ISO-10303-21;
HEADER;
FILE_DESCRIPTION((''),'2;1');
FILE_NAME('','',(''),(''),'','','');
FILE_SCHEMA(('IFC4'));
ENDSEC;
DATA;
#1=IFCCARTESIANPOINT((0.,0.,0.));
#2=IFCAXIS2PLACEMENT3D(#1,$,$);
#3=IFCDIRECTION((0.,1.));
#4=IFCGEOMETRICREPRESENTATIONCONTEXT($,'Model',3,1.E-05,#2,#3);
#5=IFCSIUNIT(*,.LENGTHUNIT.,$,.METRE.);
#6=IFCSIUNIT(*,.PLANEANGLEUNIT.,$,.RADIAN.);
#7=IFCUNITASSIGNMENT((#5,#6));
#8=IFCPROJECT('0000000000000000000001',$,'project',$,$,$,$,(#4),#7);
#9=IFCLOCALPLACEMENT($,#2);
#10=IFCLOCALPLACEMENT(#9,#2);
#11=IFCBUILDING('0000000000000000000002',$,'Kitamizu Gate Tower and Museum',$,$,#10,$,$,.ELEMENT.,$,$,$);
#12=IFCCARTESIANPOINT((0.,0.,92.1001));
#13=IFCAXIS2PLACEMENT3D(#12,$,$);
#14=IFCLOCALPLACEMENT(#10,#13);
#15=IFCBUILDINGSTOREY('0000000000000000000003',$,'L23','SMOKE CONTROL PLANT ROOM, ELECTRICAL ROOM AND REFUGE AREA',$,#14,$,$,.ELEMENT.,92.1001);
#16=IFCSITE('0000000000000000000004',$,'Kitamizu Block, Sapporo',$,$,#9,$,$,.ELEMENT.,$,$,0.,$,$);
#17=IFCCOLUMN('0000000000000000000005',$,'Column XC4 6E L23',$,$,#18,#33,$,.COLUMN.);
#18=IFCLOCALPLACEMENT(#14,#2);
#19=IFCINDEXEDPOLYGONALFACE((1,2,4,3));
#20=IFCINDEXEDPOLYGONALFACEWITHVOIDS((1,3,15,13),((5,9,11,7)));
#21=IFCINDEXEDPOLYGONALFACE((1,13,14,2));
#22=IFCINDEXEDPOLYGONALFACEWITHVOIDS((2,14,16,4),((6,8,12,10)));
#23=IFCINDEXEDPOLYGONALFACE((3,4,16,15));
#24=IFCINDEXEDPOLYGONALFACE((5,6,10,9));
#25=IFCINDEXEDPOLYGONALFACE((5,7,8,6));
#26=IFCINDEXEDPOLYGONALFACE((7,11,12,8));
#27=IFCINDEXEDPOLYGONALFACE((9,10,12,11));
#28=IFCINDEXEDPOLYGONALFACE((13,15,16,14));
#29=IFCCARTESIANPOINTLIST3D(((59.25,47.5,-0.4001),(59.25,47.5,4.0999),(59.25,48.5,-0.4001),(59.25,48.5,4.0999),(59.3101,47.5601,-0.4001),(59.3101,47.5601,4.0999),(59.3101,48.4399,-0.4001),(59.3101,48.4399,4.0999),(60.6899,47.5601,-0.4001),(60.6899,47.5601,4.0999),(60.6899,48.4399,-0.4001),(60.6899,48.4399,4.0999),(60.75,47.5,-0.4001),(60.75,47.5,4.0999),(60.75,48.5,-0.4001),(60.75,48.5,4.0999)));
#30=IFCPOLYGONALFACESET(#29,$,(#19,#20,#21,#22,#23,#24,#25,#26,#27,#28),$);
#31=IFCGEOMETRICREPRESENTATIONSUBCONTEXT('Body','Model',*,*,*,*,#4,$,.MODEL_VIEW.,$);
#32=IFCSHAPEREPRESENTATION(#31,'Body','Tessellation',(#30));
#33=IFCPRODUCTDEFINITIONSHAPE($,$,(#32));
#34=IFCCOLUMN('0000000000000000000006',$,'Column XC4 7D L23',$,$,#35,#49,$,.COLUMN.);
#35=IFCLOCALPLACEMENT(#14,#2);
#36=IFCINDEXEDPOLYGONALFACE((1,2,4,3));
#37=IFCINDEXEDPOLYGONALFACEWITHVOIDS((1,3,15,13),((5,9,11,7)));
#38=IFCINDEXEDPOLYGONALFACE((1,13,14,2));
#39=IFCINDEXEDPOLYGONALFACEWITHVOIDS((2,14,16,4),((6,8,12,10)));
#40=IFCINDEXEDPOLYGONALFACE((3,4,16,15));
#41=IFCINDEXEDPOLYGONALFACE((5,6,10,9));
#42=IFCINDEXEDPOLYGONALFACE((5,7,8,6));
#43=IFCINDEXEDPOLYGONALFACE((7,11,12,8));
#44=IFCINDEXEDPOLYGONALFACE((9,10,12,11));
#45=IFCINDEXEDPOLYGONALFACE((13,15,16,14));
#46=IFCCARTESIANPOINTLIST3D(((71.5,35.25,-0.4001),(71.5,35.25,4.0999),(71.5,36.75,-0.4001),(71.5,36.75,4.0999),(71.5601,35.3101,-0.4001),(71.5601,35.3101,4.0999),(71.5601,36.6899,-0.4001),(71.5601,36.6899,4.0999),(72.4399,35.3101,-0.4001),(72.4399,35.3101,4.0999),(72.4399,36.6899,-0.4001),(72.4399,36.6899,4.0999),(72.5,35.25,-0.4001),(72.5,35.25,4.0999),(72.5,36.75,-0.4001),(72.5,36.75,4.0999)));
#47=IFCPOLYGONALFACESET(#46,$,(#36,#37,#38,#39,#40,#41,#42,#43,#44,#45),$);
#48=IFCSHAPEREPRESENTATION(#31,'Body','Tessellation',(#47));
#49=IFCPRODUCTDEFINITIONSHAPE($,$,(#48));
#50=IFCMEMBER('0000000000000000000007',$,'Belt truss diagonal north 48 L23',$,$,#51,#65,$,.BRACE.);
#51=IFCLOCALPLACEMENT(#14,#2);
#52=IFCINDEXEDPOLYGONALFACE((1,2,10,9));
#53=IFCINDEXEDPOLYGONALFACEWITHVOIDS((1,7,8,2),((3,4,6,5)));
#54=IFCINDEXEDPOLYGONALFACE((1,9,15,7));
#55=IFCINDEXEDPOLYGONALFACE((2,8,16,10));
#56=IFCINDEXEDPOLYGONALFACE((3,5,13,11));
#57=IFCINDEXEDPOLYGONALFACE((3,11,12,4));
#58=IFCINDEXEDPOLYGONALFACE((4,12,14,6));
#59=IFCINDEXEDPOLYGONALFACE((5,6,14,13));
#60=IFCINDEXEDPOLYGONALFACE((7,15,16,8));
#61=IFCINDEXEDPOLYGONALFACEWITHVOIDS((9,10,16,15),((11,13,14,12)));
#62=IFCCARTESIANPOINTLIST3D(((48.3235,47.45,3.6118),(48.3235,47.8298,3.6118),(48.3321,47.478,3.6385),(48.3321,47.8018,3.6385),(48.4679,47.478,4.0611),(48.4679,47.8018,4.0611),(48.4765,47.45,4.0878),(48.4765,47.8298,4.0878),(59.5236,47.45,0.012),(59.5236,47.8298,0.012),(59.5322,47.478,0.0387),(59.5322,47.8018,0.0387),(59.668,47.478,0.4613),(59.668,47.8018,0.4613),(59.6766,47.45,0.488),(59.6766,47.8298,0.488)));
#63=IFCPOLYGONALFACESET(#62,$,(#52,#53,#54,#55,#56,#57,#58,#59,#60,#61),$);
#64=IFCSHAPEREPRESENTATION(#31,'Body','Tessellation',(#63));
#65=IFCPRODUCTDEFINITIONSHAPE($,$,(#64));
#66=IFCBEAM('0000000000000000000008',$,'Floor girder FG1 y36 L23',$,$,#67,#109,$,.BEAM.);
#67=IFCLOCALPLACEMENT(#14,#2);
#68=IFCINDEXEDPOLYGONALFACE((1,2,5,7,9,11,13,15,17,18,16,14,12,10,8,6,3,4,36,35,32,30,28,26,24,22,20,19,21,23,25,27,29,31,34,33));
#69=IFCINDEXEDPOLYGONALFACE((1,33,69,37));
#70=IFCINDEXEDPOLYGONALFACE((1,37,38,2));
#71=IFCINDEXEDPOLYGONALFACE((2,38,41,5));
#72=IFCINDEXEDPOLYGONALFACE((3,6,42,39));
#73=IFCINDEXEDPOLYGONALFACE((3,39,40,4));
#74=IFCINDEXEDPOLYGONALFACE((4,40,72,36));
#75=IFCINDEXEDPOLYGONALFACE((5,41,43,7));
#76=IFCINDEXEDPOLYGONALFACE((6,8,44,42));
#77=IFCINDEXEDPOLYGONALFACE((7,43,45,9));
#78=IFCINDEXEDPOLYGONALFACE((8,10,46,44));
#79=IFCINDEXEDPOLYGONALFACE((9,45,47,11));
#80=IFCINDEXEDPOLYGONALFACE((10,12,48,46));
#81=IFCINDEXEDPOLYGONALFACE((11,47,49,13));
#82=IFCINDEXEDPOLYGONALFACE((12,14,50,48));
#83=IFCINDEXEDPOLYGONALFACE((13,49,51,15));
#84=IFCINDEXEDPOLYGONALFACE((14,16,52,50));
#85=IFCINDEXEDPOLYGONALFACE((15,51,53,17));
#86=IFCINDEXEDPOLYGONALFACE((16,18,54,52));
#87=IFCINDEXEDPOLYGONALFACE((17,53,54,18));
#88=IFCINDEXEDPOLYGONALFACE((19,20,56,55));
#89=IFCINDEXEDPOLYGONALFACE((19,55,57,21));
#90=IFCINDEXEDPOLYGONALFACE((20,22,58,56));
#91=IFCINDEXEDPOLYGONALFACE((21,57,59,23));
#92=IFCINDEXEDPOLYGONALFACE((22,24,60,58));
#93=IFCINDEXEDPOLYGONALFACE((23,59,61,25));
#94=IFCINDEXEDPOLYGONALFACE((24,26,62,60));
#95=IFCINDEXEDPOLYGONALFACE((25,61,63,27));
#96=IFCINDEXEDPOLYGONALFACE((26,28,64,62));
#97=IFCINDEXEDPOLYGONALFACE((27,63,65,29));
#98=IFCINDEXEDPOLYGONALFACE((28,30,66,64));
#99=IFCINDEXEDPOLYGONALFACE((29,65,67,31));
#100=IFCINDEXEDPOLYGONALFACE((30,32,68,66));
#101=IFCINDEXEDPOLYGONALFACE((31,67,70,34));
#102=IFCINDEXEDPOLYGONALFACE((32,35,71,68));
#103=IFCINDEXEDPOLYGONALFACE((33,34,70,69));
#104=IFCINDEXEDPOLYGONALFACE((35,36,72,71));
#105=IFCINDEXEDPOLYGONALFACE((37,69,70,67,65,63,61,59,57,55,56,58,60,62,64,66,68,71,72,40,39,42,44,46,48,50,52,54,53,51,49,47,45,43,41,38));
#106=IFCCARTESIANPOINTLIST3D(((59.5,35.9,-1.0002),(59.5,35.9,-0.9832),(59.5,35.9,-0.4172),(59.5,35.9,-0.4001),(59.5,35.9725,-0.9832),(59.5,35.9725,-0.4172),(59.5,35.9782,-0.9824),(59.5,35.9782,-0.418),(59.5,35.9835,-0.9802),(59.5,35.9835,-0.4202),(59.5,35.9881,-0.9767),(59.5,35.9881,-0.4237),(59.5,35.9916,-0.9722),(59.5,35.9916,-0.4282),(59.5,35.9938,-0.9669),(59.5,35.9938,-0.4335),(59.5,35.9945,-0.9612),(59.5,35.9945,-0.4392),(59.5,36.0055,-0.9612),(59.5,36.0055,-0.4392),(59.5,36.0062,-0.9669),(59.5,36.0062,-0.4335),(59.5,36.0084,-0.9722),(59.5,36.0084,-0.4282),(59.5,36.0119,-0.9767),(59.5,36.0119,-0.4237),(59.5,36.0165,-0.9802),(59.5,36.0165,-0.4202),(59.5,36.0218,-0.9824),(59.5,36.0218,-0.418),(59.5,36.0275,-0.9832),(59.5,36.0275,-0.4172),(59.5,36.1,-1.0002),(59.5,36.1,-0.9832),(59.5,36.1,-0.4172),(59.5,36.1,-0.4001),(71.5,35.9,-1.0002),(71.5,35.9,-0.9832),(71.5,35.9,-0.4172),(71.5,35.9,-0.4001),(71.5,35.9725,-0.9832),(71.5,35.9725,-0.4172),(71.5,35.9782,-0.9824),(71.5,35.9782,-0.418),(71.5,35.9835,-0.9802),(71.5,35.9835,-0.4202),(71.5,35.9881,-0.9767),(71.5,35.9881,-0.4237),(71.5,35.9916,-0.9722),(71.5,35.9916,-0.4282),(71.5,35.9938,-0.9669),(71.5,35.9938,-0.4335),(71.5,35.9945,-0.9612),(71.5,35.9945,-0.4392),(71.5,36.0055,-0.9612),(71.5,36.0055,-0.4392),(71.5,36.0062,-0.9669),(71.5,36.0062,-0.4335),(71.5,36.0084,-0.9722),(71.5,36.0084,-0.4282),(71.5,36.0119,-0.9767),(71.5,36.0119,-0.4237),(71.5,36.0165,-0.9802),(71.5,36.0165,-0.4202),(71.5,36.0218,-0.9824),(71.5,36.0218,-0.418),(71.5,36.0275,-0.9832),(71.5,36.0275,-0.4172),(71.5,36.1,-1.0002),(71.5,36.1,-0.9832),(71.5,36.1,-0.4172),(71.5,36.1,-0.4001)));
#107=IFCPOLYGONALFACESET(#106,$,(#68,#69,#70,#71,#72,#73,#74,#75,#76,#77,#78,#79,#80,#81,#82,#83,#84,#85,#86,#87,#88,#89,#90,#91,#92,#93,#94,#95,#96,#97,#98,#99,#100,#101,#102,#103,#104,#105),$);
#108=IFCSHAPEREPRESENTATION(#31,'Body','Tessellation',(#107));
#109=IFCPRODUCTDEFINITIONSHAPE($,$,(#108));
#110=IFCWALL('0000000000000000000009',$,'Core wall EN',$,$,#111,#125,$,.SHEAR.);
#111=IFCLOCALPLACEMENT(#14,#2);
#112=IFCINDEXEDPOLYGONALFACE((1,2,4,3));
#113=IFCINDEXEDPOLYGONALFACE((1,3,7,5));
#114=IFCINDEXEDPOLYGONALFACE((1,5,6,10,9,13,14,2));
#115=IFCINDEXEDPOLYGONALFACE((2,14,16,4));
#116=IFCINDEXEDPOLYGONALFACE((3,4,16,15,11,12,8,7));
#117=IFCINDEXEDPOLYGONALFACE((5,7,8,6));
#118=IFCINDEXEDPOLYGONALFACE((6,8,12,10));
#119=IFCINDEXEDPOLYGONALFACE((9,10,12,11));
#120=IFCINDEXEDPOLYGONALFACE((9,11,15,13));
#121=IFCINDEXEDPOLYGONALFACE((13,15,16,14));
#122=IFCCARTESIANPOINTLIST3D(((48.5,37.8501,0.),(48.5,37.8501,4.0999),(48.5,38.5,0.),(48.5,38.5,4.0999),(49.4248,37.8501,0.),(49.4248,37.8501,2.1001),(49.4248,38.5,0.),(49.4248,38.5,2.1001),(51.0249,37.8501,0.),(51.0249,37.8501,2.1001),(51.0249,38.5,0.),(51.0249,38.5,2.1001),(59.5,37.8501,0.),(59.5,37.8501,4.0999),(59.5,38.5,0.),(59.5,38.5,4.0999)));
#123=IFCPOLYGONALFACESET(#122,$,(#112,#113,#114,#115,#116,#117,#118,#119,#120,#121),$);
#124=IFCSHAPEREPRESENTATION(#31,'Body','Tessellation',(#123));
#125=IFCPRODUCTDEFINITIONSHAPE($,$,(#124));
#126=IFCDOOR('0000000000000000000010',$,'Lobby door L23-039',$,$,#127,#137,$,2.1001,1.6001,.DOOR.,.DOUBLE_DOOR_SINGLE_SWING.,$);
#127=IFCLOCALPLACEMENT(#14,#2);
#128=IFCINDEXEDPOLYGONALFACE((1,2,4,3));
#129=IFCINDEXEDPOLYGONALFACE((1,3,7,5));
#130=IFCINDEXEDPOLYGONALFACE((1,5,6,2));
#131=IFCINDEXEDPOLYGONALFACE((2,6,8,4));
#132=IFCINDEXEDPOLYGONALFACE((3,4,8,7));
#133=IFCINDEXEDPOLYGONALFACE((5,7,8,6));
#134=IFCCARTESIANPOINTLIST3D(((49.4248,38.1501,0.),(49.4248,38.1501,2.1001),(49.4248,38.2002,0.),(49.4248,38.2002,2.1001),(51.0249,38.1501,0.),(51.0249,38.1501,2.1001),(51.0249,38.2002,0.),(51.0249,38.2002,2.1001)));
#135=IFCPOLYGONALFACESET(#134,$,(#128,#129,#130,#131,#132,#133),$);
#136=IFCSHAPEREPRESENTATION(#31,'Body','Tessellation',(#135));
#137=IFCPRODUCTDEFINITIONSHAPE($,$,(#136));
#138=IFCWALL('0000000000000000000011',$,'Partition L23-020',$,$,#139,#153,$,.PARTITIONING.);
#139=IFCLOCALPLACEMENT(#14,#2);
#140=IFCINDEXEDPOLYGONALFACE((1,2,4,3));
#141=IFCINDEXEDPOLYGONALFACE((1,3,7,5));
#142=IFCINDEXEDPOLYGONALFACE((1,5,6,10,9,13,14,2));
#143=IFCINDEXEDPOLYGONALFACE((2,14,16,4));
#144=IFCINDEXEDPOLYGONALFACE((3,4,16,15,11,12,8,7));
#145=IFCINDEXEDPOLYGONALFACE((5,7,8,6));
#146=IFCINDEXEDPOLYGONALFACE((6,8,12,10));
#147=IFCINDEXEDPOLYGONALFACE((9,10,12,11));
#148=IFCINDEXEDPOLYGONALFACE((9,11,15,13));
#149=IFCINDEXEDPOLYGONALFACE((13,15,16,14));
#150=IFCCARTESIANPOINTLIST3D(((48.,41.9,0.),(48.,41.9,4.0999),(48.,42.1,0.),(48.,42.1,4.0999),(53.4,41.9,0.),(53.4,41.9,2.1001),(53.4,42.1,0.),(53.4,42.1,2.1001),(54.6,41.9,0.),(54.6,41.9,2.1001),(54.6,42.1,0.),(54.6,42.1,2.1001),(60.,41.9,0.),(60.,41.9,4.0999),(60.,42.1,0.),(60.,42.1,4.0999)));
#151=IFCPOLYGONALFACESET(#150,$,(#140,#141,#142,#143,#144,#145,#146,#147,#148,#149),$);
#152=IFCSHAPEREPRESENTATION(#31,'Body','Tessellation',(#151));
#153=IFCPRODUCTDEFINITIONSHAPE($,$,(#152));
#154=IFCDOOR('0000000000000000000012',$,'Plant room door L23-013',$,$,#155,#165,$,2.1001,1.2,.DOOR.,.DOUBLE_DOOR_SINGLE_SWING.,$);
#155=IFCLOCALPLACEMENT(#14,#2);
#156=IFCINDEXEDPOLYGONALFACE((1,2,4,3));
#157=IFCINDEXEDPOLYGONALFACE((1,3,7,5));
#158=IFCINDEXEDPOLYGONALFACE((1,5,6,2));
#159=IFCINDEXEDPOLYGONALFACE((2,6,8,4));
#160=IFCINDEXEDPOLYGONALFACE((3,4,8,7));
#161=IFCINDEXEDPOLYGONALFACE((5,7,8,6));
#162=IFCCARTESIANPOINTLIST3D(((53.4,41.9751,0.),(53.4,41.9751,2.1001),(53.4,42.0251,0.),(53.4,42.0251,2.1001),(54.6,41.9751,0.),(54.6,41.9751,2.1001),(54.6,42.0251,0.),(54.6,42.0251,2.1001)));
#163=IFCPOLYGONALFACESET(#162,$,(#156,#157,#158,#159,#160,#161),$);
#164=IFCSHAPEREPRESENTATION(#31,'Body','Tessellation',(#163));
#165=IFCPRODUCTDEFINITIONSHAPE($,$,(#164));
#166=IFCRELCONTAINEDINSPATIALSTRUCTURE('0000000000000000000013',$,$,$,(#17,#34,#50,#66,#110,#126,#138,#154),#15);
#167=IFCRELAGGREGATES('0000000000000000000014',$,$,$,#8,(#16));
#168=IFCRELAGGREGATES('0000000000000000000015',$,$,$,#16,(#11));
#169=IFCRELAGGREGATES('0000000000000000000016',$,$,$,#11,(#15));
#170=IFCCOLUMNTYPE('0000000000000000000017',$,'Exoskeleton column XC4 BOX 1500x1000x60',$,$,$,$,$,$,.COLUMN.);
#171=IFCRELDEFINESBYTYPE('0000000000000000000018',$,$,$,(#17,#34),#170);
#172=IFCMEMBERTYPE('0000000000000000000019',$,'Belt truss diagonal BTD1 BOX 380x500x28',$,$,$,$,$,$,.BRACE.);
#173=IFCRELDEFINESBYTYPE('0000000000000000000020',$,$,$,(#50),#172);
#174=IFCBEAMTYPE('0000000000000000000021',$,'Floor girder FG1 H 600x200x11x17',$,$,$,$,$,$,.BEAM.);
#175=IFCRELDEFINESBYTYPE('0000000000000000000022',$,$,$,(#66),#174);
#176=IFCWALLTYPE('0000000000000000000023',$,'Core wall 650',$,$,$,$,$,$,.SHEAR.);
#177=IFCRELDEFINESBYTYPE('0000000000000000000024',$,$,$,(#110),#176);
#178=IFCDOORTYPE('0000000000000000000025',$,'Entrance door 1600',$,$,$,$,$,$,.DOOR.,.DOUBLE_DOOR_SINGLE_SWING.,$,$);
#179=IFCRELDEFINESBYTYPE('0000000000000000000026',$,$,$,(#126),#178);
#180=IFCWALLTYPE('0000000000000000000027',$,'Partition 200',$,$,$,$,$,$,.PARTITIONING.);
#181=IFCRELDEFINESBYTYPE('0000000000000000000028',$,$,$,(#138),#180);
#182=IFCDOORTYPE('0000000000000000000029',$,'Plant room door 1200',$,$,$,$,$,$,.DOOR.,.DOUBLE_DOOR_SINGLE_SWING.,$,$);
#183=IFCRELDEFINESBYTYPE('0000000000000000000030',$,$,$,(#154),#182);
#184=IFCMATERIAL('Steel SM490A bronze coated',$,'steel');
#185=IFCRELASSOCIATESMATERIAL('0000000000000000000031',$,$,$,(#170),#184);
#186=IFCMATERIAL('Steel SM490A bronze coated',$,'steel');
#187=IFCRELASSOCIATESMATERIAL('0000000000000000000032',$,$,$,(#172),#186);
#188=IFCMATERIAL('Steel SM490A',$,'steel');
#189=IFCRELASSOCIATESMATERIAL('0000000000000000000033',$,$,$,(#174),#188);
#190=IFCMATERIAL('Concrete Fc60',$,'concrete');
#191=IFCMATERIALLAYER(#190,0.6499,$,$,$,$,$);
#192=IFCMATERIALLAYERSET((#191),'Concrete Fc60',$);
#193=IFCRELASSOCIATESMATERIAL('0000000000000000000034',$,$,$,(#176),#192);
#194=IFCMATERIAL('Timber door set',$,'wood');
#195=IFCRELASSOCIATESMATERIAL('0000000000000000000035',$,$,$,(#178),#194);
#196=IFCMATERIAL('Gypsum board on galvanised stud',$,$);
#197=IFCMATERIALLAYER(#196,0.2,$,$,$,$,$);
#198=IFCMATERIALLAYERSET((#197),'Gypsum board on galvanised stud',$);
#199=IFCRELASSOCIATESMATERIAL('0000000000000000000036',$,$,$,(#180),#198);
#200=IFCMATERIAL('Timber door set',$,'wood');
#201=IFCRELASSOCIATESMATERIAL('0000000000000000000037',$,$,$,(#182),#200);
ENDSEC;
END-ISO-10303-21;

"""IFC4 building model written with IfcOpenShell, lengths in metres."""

from ifc_helpers import new_model, si_unit, direction, frame, frame_2d, origin, origin_2d, place, context, subcontext, project, spatial, rectangle, hollow_rectangle, i_section, extrude, material, layer, layer_set, material_profile, profile_set, type_object, element, fill, save


model = new_model("IFC4")

# Units and contexts
model_context = context("Model", 3, precision=1e-05, world=origin(), true_north=direction((0.0, 1.0)))
body_context = subcontext(model_context, "Body", "Model", "MODEL_VIEW")
ifc_project = project(units=[si_unit("LENGTHUNIT", "METRE"), si_unit("PLANEANGLEUNIT", "RADIAN")], contexts=[model_context])

# Site, building, storey
site_placement = place(None, origin())
site = spatial("IfcSite", under=ifc_project, at=site_placement, Name="Kitamizu Block, Sapporo", CompositionType="ELEMENT", RefElevation=0.0)
building_placement = place(site_placement, origin())
building = spatial("IfcBuilding", under=site, at=building_placement, Name="Kitamizu Gate Tower and Museum", CompositionType="ELEMENT")
storey_placement = place(building_placement, frame((0.0, 0.0, 92.1001)))
storey = spatial("IfcBuildingStorey", under=building, at=storey_placement, Name="L23", Description="SMOKE CONTROL PLANT ROOM, ELECTRICAL ROOM AND REFUGE AREA", CompositionType="ELEMENT", Elevation=92.1001)

# Columns
ifc_material_1 = material(Name="Steel SM490A bronze coated", Category="steel")
ifc_material_profile_1 = material_profile(ifc_material_1, hollow_rectangle(XDim=1.5, YDim=1.0, WallThickness=0.0601, at=origin_2d()), Name="BOX 1500x1000x60")
ifc_profile_set_1 = profile_set([ifc_material_profile_1], Name="Steel SM490A bronze coated")
column_type = type_object("IfcColumnType", Name="Exoskeleton column XC4 BOX 1500x1000x60", PredefinedType="COLUMN", material=ifc_profile_set_1)
for number, where, z_axis, x_axis, name in (
    (1, (60.0, 48.0, -0.4001), (0.0, 0.0, 1.0), (1.0, 0.0, 0.0), "Column XC4 6E L23"),
    (2, (72.0, 36.0, -0.4001), (0.0, 0.0, 1.0), (0.0, 1.0, 0.0), "Column XC4 7D L23"),
):
    element("IfcColumn", number, at=place(storey_placement, frame(where, z_axis=z_axis, x_axis=x_axis)), inside=storey, type_object=column_type, Name=name, PredefinedType="COLUMN", context=body_context, shape_type="SweptSolid", body=[
        extrude(hollow_rectangle(XDim=1.5, YDim=1.0, WallThickness=0.0601, at=origin_2d()), origin(), (0.0, 0.0, 1.0), 4.5),
    ])

# Member
ifc_material_2 = material(Name="Steel SM490A bronze coated", Category="steel")
ifc_material_profile_2 = material_profile(ifc_material_2, hollow_rectangle(XDim=0.3799, YDim=0.5, WallThickness=0.0281, at=origin_2d()), Name="BOX 380x500x28")
ifc_profile_set_2 = profile_set([ifc_material_profile_2], Name="Steel SM490A bronze coated")
member_type = type_object("IfcMemberType", Name="Belt truss diagonal BTD1 BOX 380x500x28", PredefinedType="BRACE", material=ifc_profile_set_2)
member_placement = place(storey_placement, frame((59.6001, 47.6399, 0.25), z_axis=(-0.952034, 0.0, 0.305993), x_axis=(0.0, -1.0, 0.0)))
element("IfcMember", 3, at=member_placement, inside=storey, type_object=member_type, Name="Belt truss diagonal north 48 L23", PredefinedType="BRACE", context=body_context, shape_type="SweptSolid", body=[
    extrude(hollow_rectangle(XDim=0.3799, YDim=0.5, WallThickness=0.0281, at=origin_2d()), origin(), (0.0, 0.0, 1.0), 11.7644),
])

# Beam
ifc_material_3 = material(Name="Steel SM490A", Category="steel")
ifc_material_profile_3 = material_profile(ifc_material_3, i_section(OverallWidth=0.2, OverallDepth=0.6001, WebThickness=0.011, FlangeThickness=0.0171, FilletRadius=0.022, at=origin_2d()), Name="H-600x200x11x17")
ifc_profile_set_3 = profile_set([ifc_material_profile_3], Name="Steel SM490A")
beam_type = type_object("IfcBeamType", Name="Floor girder FG1 H 600x200x11x17", PredefinedType="BEAM", material=ifc_profile_set_3)
beam_placement = place(storey_placement, frame((59.5, 36.0, -0.7002), z_axis=(1.0, 0.0, 0.0), x_axis=(0.0, 1.0, 0.0)))
element("IfcBeam", 4, at=beam_placement, inside=storey, type_object=beam_type, Name="Floor girder FG1 y36 L23", PredefinedType="BEAM", context=body_context, shape_type="SweptSolid", body=[
    extrude(i_section(OverallWidth=0.2, OverallDepth=0.6001, WebThickness=0.011, FlangeThickness=0.0171, FilletRadius=0.022, at=origin_2d()), origin(), (0.0, 0.0, 1.0), 12.0),
])

# Walls, openings, doors
ifc_material_4 = material(Name="Concrete Fc60", Category="concrete")
ifc_layer_1 = layer(ifc_material_4, 0.6499)
ifc_layer_set_1 = layer_set([ifc_layer_1], Name="Concrete Fc60")
wall_type_1 = type_object("IfcWallType", Name="Core wall 650", PredefinedType="SHEAR", material=ifc_layer_set_1)
wall_1_placement = place(storey_placement, frame((59.5, 38.175, 0.0), z_axis=(0.0, 0.0, 1.0), x_axis=(-1.0, 0.0, 0.0)))
wall_1 = element("IfcWall", 5, at=wall_1_placement, inside=storey, type_object=wall_type_1, Name="Core wall EN", PredefinedType="SHEAR", context=body_context, shape_type="SweptSolid", body=[
    extrude(rectangle(XDim=11.0, YDim=0.6499, at=frame_2d((5.5, 0.0))), origin(), (0.0, 0.0, 1.0), 4.0999),
])
opening_1_placement = place(wall_1_placement, frame((8.4751, 0.0, 0.0)))
opening_1 = element("IfcOpeningElement", 6, at=opening_1_placement, cuts=wall_1, PredefinedType="OPENING", context=body_context, shape_type="SweptSolid", body=[
    extrude(rectangle(XDim=1.6001, YDim=2.1001, at=frame_2d((0.8, 1.05))), frame((0.0, 0.335, 0.0), z_axis=(0.0, -1.0, 0.0), x_axis=(1.0, 0.0, 0.0)), (0.0, 0.0, 1.0), 0.6699),
])
ifc_material_5 = material(Name="Timber door set", Category="wood")
door_type_1 = type_object("IfcDoorType", Name="Entrance door 1600", OperationType="DOUBLE_DOOR_SINGLE_SWING", PredefinedType="DOOR", material=ifc_material_5)
door_1_placement = place(opening_1_placement, origin())
door_1 = element("IfcDoor", 7, at=door_1_placement, inside=storey, type_object=door_type_1, Name="Lobby door L23-039", OperationType="DOUBLE_DOOR_SINGLE_SWING", OverallHeight=2.1001, OverallWidth=1.6001, PredefinedType="DOOR", context=body_context, shape_type="SweptSolid", body=[
    extrude(rectangle(XDim=1.6001, YDim=2.1001, at=frame_2d((0.8, 1.05))), frame((0.0, 0.0249, 0.0), z_axis=(0.0, -1.0, 0.0), x_axis=(1.0, 0.0, 0.0)), (0.0, 0.0, 1.0), 0.05),
])
fill(opening_1, door_1)
ifc_material_6 = material(Name="Gypsum board on galvanised stud")
ifc_layer_2 = layer(ifc_material_6, 0.2)
ifc_layer_set_2 = layer_set([ifc_layer_2], Name="Gypsum board on galvanised stud")
wall_type_2 = type_object("IfcWallType", Name="Partition 200", PredefinedType="PARTITIONING", material=ifc_layer_set_2)
wall_2_placement = place(storey_placement, frame((60.0, 42.0, 0.0), z_axis=(0.0, 0.0, 1.0), x_axis=(-1.0, 0.0, 0.0)))
wall_2 = element("IfcWall", 8, at=wall_2_placement, inside=storey, type_object=wall_type_2, Name="Partition L23-020", PredefinedType="PARTITIONING", context=body_context, shape_type="SweptSolid", body=[
    extrude(rectangle(XDim=12.0, YDim=0.2, at=frame_2d((6.0, 0.0))), origin(), (0.0, 0.0, 1.0), 4.0999),
])
opening_2_placement = place(wall_2_placement, frame((5.3999, 0.0, 0.0)))
opening_2 = element("IfcOpeningElement", 9, at=opening_2_placement, cuts=wall_2, PredefinedType="OPENING", context=body_context, shape_type="SweptSolid", body=[
    extrude(rectangle(XDim=1.2, YDim=2.1001, at=frame_2d((0.6001, 1.05))), frame((0.0, 0.1099, 0.0), z_axis=(0.0, -1.0, 0.0), x_axis=(1.0, 0.0, 0.0)), (0.0, 0.0, 1.0), 0.22),
])
ifc_material_7 = material(Name="Timber door set", Category="wood")
door_type_2 = type_object("IfcDoorType", Name="Plant room door 1200", OperationType="DOUBLE_DOOR_SINGLE_SWING", PredefinedType="DOOR", material=ifc_material_7)
door_2_placement = place(opening_2_placement, origin())
door_2 = element("IfcDoor", 10, at=door_2_placement, inside=storey, type_object=door_type_2, Name="Plant room door L23-013", OperationType="DOUBLE_DOOR_SINGLE_SWING", OverallHeight=2.1001, OverallWidth=1.2, PredefinedType="DOOR", context=body_context, shape_type="SweptSolid", body=[
    extrude(rectangle(XDim=1.2, YDim=2.1001, at=frame_2d((0.6001, 1.05))), frame((0.0, 0.0249, 0.0), z_axis=(0.0, -1.0, 0.0), x_axis=(1.0, 0.0, 0.0)), (0.0, 0.0, 1.0), 0.05),
])
fill(opening_2, door_2)

save(model, "model.ifc")
